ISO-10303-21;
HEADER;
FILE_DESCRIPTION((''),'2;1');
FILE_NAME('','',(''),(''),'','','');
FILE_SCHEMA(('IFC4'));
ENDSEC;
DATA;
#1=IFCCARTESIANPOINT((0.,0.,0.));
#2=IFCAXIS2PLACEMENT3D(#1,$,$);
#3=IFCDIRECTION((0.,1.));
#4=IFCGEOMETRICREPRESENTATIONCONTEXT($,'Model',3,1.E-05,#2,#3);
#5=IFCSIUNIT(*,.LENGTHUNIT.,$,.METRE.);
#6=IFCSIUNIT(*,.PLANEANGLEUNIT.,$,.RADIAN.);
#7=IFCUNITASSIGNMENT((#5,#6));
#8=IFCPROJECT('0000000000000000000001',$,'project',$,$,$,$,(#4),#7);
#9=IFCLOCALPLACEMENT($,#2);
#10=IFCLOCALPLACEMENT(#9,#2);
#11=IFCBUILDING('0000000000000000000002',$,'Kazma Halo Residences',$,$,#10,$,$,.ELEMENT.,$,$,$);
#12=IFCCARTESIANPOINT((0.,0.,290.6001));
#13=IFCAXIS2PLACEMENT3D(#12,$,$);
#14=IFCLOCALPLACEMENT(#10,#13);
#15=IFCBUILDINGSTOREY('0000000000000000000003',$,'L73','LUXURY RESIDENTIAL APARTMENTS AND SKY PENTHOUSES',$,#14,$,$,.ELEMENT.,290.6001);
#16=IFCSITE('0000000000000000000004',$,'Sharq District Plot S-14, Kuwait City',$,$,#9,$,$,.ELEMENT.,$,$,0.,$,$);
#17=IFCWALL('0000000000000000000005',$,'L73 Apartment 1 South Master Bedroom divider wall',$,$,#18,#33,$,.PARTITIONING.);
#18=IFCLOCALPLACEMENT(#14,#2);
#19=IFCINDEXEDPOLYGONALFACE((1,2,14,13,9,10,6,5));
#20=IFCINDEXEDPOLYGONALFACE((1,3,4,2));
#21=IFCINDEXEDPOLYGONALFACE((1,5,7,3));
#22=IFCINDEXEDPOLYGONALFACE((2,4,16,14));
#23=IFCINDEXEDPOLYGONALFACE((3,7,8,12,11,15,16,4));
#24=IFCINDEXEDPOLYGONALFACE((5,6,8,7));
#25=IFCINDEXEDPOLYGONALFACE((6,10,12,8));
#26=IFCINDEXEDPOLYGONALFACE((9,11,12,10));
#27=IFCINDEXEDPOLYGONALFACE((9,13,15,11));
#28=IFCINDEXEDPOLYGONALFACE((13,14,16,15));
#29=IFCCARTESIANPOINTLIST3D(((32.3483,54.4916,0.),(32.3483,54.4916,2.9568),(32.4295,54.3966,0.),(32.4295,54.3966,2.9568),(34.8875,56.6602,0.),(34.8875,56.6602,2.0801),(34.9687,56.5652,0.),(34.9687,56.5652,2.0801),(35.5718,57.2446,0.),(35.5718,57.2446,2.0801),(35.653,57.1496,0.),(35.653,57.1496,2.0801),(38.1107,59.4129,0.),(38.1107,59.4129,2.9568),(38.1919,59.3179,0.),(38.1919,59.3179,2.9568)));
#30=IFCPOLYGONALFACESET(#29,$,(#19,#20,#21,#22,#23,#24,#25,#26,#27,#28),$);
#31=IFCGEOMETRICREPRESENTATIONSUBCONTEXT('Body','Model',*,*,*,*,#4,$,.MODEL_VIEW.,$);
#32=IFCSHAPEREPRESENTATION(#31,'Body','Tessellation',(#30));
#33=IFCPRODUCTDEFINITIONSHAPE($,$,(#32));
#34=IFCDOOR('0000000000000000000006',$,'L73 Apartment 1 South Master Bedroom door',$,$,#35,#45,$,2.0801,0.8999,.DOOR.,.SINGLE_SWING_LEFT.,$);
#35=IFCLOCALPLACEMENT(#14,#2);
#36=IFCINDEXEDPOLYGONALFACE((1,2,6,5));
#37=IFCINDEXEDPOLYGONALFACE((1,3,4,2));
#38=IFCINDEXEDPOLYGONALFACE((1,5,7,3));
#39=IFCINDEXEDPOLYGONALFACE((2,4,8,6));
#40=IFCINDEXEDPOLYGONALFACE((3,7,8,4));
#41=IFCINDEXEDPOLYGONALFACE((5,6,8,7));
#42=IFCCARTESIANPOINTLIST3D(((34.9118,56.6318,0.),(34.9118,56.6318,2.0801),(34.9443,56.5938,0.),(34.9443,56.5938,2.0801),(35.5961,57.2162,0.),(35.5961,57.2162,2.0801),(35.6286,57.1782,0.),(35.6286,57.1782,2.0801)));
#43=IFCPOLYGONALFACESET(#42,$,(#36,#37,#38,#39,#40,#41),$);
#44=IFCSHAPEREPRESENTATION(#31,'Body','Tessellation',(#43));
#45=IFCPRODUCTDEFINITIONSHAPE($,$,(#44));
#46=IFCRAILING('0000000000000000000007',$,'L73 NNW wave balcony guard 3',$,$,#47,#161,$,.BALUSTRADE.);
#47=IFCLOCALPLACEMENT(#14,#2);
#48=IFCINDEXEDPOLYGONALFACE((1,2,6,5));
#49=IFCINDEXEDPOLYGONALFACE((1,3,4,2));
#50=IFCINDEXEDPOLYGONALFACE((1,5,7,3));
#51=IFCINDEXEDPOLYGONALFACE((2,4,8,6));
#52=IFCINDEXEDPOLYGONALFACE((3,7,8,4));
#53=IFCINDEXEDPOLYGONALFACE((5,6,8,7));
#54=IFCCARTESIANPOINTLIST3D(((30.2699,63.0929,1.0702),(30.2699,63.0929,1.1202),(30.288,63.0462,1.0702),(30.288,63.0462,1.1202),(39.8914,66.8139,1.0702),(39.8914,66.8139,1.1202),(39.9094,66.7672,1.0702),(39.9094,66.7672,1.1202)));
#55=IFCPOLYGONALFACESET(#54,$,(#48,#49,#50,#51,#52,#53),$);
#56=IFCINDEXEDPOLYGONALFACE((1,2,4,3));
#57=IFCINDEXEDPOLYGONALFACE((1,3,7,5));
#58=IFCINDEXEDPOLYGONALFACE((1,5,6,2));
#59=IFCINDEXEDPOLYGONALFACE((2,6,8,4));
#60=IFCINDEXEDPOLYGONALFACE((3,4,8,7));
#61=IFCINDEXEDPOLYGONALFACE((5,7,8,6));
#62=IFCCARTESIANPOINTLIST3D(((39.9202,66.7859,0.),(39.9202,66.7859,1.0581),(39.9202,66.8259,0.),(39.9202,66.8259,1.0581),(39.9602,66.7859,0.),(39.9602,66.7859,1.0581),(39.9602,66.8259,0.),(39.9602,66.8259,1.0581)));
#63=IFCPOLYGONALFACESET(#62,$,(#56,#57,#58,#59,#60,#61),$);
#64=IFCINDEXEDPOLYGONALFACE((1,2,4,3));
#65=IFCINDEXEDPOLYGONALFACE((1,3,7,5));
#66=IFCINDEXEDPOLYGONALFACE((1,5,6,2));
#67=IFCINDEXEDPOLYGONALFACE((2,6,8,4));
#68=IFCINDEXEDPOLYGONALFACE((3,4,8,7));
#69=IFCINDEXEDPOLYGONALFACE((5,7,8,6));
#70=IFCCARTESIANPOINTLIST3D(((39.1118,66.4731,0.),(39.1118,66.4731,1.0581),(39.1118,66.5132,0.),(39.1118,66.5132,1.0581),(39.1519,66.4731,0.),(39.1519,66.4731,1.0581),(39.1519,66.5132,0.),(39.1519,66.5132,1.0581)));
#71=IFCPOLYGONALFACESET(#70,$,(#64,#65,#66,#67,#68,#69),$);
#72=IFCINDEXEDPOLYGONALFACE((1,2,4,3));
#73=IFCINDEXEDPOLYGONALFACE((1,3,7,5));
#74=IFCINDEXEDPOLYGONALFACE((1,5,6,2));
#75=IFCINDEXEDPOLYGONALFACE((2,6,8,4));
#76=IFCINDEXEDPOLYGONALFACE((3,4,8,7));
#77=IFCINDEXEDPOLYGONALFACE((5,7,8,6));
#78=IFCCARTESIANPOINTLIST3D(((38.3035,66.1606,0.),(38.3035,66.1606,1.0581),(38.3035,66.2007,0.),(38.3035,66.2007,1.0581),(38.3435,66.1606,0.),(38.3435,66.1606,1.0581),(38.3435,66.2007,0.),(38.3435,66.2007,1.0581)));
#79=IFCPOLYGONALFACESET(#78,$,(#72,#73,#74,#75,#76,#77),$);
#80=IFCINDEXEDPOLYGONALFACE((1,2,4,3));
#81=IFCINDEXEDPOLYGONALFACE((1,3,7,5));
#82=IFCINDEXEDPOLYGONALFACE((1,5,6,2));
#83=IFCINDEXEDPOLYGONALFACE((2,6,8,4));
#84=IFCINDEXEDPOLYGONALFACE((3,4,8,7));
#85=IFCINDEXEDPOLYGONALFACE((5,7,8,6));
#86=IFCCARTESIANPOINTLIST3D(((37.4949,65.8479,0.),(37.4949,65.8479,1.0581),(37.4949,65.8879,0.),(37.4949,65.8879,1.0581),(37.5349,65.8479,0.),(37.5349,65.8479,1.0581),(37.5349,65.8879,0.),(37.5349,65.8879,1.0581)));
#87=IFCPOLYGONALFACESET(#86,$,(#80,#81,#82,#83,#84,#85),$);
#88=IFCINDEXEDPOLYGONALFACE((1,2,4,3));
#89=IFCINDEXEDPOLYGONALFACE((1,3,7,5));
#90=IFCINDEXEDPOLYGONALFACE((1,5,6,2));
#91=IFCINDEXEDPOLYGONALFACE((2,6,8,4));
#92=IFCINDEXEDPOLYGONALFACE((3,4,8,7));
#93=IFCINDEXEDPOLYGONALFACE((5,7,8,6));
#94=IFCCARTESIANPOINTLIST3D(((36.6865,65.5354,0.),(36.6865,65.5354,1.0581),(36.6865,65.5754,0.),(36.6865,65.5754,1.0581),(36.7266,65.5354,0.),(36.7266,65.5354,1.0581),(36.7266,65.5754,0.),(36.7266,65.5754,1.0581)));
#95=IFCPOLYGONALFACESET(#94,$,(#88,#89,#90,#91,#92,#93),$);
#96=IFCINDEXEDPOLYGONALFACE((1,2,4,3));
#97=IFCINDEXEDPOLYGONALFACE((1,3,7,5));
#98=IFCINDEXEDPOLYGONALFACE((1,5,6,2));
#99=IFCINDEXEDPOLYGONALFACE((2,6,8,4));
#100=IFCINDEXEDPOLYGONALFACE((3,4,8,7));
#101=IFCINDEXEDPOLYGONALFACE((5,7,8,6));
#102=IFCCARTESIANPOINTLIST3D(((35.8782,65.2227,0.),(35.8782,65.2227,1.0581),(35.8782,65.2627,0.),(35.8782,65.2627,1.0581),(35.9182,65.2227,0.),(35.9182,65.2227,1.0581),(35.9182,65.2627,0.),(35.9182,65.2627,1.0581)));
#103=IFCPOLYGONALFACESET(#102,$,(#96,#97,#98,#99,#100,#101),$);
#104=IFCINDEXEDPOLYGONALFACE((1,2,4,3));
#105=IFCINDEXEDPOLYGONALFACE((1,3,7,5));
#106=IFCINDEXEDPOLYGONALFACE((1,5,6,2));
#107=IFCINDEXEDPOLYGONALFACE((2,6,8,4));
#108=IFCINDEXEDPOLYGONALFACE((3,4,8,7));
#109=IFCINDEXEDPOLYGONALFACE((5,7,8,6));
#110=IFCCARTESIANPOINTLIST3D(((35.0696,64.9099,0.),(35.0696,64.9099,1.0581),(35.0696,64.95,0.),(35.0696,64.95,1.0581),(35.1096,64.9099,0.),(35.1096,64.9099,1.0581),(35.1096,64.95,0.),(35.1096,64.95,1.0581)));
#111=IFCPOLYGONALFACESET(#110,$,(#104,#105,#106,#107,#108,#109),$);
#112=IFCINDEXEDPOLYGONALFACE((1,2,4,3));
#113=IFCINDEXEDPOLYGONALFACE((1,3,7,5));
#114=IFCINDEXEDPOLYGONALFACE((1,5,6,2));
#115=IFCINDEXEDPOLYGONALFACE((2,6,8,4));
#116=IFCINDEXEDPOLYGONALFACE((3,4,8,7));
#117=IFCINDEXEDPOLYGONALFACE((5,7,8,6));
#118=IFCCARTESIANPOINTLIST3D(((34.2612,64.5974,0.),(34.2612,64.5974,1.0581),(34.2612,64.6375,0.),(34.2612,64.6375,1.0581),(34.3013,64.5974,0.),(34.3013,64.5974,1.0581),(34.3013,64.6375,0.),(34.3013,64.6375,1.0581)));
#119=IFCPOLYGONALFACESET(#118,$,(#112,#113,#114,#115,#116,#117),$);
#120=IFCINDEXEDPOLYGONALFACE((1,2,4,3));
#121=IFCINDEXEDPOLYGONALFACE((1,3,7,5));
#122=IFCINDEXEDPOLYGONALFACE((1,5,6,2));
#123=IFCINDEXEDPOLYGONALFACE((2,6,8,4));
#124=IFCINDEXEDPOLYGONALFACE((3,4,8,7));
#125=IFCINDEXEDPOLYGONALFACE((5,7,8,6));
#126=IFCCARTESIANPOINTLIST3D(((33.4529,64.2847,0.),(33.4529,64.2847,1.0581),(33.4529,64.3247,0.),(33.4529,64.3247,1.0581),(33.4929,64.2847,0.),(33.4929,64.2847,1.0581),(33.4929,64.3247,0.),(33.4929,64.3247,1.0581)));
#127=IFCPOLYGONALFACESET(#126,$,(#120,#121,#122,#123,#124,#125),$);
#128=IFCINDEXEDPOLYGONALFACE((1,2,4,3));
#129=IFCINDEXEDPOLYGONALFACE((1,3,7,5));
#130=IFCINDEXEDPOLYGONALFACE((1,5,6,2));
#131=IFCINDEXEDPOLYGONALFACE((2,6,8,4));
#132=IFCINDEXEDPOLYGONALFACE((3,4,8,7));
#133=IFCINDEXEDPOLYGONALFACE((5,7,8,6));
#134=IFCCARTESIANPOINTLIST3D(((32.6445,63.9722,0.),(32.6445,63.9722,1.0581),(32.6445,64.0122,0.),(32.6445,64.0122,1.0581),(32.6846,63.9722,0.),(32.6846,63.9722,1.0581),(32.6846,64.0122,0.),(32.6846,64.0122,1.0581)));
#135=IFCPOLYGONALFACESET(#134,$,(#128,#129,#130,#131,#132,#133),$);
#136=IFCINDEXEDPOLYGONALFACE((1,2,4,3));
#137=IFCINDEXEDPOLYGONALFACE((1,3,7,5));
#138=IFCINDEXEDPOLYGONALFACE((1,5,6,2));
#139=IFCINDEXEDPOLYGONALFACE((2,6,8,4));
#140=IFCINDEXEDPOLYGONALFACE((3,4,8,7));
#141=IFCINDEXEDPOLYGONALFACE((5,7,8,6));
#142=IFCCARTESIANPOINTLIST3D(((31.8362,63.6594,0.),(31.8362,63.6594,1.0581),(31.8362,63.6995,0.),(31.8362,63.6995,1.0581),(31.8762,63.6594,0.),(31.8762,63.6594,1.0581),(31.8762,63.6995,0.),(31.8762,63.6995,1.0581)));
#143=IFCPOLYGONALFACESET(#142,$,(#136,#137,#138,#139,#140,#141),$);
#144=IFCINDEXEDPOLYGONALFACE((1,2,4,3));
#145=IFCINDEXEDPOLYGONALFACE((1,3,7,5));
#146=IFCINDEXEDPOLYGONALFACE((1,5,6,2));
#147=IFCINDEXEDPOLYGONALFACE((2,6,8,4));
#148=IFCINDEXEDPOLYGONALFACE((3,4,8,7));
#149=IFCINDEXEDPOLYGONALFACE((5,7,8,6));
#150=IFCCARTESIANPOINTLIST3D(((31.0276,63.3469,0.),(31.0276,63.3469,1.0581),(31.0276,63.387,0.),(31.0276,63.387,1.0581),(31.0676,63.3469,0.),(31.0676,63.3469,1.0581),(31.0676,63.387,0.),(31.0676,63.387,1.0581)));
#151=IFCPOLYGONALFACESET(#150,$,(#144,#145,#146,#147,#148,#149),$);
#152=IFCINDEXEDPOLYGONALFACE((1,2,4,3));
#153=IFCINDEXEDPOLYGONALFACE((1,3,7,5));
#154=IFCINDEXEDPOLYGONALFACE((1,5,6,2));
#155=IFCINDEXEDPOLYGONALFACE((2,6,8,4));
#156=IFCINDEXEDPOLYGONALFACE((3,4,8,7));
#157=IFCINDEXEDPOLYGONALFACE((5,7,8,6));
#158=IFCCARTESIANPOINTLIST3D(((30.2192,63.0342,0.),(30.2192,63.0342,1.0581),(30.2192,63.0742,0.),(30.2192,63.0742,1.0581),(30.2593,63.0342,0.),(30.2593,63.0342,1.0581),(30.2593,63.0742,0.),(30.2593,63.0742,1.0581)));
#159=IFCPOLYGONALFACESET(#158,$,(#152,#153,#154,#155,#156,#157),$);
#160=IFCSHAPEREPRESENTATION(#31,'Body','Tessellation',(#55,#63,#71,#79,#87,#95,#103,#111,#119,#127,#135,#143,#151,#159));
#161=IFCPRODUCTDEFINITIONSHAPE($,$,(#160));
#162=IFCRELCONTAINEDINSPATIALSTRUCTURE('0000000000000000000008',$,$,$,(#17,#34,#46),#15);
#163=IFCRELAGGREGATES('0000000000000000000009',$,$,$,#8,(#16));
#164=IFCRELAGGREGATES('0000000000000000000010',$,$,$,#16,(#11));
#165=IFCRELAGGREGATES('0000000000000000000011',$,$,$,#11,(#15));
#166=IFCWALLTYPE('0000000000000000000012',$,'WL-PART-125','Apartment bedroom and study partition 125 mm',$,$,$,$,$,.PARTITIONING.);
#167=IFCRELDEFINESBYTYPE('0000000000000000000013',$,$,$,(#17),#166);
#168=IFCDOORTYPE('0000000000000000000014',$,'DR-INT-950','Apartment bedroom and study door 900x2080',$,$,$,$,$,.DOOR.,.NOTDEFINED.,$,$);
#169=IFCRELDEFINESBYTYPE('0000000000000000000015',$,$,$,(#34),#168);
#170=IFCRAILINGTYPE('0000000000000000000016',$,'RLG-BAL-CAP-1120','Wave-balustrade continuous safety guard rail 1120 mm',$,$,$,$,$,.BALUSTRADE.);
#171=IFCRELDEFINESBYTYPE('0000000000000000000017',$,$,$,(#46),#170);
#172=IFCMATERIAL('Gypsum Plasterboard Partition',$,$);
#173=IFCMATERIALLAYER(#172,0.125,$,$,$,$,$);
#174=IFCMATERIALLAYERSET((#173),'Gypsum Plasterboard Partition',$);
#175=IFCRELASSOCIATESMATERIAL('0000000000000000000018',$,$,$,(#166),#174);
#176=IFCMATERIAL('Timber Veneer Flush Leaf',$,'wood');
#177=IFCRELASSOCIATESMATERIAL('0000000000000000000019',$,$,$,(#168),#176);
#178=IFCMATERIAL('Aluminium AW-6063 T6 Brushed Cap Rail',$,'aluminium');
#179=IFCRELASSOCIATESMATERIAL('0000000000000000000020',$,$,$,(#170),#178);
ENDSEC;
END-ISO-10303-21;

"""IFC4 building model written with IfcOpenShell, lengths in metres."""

from ifc_helpers import new_model, si_unit, direction, frame, frame_2d, origin, origin_2d, place, context, subcontext, project, spatial, rectangle, extrude, material, layer, layer_set, type_object, element, fill, save


model = new_model("IFC4")

# Units and contexts
model_context = context("Model", 3, precision=1e-05, world=origin(), true_north=direction((0.0, 1.0)))
body_context = subcontext(model_context, "Body", "Model", "MODEL_VIEW")
ifc_project = project(units=[si_unit("LENGTHUNIT", "METRE"), si_unit("PLANEANGLEUNIT", "RADIAN")], contexts=[model_context])

# Site, building, storey
site_placement = place(None, origin())
site = spatial("IfcSite", under=ifc_project, at=site_placement, Name="Sharq District Plot S-14, Kuwait City", CompositionType="ELEMENT", RefElevation=0.0)
building_placement = place(site_placement, origin())
building = spatial("IfcBuilding", under=site, at=building_placement, Name="Kazma Halo Residences", CompositionType="ELEMENT")
storey_placement = place(building_placement, frame((0.0, 0.0, 290.6001)))
storey = spatial("IfcBuildingStorey", under=building, at=storey_placement, Name="L73", Description="LUXURY RESIDENTIAL APARTMENTS AND SKY PENTHOUSES", CompositionType="ELEMENT", Elevation=290.6001)

# Shared definitions
ifc_material_1 = material(Name="Gypsum Plasterboard Partition")
ifc_layer_1 = layer(ifc_material_1, 0.125)
ifc_layer_set_1 = layer_set([ifc_layer_1], Name="Gypsum Plasterboard Partition")
wall_type_1 = type_object("IfcWallType", Name="WL-PART-125", Description="Apartment bedroom and study partition 125 mm", PredefinedType="PARTITIONING", material=ifc_layer_set_1)

# Wall, opening, door
wall_1_placement = place(storey_placement, frame((38.1514, 59.3655, 0.0), z_axis=(0.0, 0.0, 1.0), x_axis=(-0.76042, -0.649432, 0.0)))
wall_1 = element("IfcWall", 1, at=wall_1_placement, inside=storey, type_object=wall_type_1, Name="L73 Apartment 1 South Master Bedroom divider wall", PredefinedType="PARTITIONING", context=body_context, shape_type="SweptSolid", body=[
    extrude(rectangle(XDim=7.5779, YDim=0.125, at=frame_2d((3.7891, 0.0))), origin(), (0.0, 0.0, 1.0), 2.9568),
])
opening_1_placement = place(wall_1_placement, frame((3.3389, 0.0, 0.0)))
opening_1 = element("IfcOpeningElement", 2, at=opening_1_placement, cuts=wall_1, PredefinedType="OPENING", context=body_context, shape_type="SweptSolid", body=[
    extrude(rectangle(XDim=0.8999, YDim=2.0801, at=frame_2d((0.45, 1.04))), frame((0.0, 0.0725, 0.0), z_axis=(0.0, -1.0, 0.0), x_axis=(1.0, 0.0, 0.0)), (0.0, 0.0, 1.0), 0.145),
])
ifc_material_2 = material(Name="Timber Veneer Flush Leaf", Category="wood")
door_type_1 = type_object("IfcDoorType", Name="DR-INT-950", Description="Apartment bedroom and study door 900x2080", OperationType="NOTDEFINED", PredefinedType="DOOR", material=ifc_material_2)
door_1_placement = place(opening_1_placement, origin())
door_1 = element("IfcDoor", 3, at=door_1_placement, inside=storey, type_object=door_type_1, Name="L73 Apartment 1 South Master Bedroom door", OperationType="SINGLE_SWING_LEFT", OverallHeight=2.0801, OverallWidth=0.8999, PredefinedType="DOOR", context=body_context, shape_type="SweptSolid", body=[
    extrude(rectangle(XDim=0.8999, YDim=2.0801, at=frame_2d((0.45, 1.04))), frame((0.0, 0.0249, 0.0), z_axis=(0.0, -1.0, 0.0), x_axis=(1.0, 0.0, 0.0)), (0.0, 0.0, 1.0), 0.05),
])
fill(opening_1, door_1)

# Railing
ifc_material_3 = material(Name="Aluminium AW-6063 T6 Brushed Cap Rail", Category="aluminium")
railing_type = type_object("IfcRailingType", Name="RLG-BAL-CAP-1120", Description="Wave-balustrade continuous safety guard rail 1120 mm", PredefinedType="BALUSTRADE", material=ifc_material_3)
railing_placement = place(storey_placement, frame((39.9402, 66.8059, 0.0)))
element("IfcRailing", 4, at=railing_placement, inside=storey, type_object=railing_type, Name="L73 NNW wave balcony guard 3", PredefinedType="BALUSTRADE", context=body_context, shape_type="SweptSolid", body=[
    extrude(rectangle(XDim=0.05, YDim=0.05, at=origin_2d()), frame((-0.0398, -0.0154, 1.0952), z_axis=(-0.932681, -0.360702, 0.0), x_axis=(0.360702, -0.932681, 0.0)), (0.0, 0.0, 1.0), 10.3159),
    extrude(rectangle(XDim=0.04, YDim=0.04, at=origin_2d()), origin(), (0.0, 0.0, 1.0), 1.0581),
    extrude(rectangle(XDim=0.04, YDim=0.04, at=origin_2d()), frame((-0.8083, -0.3127, 0.0)), (0.0, 0.0, 1.0), 1.0581),
    extrude(rectangle(XDim=0.04, YDim=0.04, at=origin_2d()), frame((-1.6167, -0.6252, 0.0)), (0.0, 0.0, 1.0), 1.0581),
    extrude(rectangle(XDim=0.04, YDim=0.04, at=origin_2d()), frame((-2.4253, -0.938, 0.0)), (0.0, 0.0, 1.0), 1.0581),
    extrude(rectangle(XDim=0.04, YDim=0.04, at=origin_2d()), frame((-3.2336, -1.2505, 0.0)), (0.0, 0.0, 1.0), 1.0581),
    extrude(rectangle(XDim=0.04, YDim=0.04, at=origin_2d()), frame((-4.042, -1.5632, 0.0)), (0.0, 0.0, 1.0), 1.0581),
    extrude(rectangle(XDim=0.04, YDim=0.04, at=origin_2d()), frame((-4.8506, -1.876, 0.0)), (0.0, 0.0, 1.0), 1.0581),
    extrude(rectangle(XDim=0.04, YDim=0.04, at=origin_2d()), frame((-5.6589, -2.1885, 0.0)), (0.0, 0.0, 1.0), 1.0581),
    extrude(rectangle(XDim=0.04, YDim=0.04, at=origin_2d()), frame((-6.4673, -2.5012, 0.0)), (0.0, 0.0, 1.0), 1.0581),
    extrude(rectangle(XDim=0.04, YDim=0.04, at=origin_2d()), frame((-7.2756, -2.8137, 0.0)), (0.0, 0.0, 1.0), 1.0581),
    extrude(rectangle(XDim=0.04, YDim=0.04, at=origin_2d()), frame((-8.084, -3.1265, 0.0)), (0.0, 0.0, 1.0), 1.0581),
    extrude(rectangle(XDim=0.04, YDim=0.04, at=origin_2d()), frame((-8.8926, -3.439, 0.0)), (0.0, 0.0, 1.0), 1.0581),
    extrude(rectangle(XDim=0.04, YDim=0.04, at=origin_2d()), frame((-9.7009, -3.7517, 0.0)), (0.0, 0.0, 1.0), 1.0581),
])

save(model, "model.ifc")
